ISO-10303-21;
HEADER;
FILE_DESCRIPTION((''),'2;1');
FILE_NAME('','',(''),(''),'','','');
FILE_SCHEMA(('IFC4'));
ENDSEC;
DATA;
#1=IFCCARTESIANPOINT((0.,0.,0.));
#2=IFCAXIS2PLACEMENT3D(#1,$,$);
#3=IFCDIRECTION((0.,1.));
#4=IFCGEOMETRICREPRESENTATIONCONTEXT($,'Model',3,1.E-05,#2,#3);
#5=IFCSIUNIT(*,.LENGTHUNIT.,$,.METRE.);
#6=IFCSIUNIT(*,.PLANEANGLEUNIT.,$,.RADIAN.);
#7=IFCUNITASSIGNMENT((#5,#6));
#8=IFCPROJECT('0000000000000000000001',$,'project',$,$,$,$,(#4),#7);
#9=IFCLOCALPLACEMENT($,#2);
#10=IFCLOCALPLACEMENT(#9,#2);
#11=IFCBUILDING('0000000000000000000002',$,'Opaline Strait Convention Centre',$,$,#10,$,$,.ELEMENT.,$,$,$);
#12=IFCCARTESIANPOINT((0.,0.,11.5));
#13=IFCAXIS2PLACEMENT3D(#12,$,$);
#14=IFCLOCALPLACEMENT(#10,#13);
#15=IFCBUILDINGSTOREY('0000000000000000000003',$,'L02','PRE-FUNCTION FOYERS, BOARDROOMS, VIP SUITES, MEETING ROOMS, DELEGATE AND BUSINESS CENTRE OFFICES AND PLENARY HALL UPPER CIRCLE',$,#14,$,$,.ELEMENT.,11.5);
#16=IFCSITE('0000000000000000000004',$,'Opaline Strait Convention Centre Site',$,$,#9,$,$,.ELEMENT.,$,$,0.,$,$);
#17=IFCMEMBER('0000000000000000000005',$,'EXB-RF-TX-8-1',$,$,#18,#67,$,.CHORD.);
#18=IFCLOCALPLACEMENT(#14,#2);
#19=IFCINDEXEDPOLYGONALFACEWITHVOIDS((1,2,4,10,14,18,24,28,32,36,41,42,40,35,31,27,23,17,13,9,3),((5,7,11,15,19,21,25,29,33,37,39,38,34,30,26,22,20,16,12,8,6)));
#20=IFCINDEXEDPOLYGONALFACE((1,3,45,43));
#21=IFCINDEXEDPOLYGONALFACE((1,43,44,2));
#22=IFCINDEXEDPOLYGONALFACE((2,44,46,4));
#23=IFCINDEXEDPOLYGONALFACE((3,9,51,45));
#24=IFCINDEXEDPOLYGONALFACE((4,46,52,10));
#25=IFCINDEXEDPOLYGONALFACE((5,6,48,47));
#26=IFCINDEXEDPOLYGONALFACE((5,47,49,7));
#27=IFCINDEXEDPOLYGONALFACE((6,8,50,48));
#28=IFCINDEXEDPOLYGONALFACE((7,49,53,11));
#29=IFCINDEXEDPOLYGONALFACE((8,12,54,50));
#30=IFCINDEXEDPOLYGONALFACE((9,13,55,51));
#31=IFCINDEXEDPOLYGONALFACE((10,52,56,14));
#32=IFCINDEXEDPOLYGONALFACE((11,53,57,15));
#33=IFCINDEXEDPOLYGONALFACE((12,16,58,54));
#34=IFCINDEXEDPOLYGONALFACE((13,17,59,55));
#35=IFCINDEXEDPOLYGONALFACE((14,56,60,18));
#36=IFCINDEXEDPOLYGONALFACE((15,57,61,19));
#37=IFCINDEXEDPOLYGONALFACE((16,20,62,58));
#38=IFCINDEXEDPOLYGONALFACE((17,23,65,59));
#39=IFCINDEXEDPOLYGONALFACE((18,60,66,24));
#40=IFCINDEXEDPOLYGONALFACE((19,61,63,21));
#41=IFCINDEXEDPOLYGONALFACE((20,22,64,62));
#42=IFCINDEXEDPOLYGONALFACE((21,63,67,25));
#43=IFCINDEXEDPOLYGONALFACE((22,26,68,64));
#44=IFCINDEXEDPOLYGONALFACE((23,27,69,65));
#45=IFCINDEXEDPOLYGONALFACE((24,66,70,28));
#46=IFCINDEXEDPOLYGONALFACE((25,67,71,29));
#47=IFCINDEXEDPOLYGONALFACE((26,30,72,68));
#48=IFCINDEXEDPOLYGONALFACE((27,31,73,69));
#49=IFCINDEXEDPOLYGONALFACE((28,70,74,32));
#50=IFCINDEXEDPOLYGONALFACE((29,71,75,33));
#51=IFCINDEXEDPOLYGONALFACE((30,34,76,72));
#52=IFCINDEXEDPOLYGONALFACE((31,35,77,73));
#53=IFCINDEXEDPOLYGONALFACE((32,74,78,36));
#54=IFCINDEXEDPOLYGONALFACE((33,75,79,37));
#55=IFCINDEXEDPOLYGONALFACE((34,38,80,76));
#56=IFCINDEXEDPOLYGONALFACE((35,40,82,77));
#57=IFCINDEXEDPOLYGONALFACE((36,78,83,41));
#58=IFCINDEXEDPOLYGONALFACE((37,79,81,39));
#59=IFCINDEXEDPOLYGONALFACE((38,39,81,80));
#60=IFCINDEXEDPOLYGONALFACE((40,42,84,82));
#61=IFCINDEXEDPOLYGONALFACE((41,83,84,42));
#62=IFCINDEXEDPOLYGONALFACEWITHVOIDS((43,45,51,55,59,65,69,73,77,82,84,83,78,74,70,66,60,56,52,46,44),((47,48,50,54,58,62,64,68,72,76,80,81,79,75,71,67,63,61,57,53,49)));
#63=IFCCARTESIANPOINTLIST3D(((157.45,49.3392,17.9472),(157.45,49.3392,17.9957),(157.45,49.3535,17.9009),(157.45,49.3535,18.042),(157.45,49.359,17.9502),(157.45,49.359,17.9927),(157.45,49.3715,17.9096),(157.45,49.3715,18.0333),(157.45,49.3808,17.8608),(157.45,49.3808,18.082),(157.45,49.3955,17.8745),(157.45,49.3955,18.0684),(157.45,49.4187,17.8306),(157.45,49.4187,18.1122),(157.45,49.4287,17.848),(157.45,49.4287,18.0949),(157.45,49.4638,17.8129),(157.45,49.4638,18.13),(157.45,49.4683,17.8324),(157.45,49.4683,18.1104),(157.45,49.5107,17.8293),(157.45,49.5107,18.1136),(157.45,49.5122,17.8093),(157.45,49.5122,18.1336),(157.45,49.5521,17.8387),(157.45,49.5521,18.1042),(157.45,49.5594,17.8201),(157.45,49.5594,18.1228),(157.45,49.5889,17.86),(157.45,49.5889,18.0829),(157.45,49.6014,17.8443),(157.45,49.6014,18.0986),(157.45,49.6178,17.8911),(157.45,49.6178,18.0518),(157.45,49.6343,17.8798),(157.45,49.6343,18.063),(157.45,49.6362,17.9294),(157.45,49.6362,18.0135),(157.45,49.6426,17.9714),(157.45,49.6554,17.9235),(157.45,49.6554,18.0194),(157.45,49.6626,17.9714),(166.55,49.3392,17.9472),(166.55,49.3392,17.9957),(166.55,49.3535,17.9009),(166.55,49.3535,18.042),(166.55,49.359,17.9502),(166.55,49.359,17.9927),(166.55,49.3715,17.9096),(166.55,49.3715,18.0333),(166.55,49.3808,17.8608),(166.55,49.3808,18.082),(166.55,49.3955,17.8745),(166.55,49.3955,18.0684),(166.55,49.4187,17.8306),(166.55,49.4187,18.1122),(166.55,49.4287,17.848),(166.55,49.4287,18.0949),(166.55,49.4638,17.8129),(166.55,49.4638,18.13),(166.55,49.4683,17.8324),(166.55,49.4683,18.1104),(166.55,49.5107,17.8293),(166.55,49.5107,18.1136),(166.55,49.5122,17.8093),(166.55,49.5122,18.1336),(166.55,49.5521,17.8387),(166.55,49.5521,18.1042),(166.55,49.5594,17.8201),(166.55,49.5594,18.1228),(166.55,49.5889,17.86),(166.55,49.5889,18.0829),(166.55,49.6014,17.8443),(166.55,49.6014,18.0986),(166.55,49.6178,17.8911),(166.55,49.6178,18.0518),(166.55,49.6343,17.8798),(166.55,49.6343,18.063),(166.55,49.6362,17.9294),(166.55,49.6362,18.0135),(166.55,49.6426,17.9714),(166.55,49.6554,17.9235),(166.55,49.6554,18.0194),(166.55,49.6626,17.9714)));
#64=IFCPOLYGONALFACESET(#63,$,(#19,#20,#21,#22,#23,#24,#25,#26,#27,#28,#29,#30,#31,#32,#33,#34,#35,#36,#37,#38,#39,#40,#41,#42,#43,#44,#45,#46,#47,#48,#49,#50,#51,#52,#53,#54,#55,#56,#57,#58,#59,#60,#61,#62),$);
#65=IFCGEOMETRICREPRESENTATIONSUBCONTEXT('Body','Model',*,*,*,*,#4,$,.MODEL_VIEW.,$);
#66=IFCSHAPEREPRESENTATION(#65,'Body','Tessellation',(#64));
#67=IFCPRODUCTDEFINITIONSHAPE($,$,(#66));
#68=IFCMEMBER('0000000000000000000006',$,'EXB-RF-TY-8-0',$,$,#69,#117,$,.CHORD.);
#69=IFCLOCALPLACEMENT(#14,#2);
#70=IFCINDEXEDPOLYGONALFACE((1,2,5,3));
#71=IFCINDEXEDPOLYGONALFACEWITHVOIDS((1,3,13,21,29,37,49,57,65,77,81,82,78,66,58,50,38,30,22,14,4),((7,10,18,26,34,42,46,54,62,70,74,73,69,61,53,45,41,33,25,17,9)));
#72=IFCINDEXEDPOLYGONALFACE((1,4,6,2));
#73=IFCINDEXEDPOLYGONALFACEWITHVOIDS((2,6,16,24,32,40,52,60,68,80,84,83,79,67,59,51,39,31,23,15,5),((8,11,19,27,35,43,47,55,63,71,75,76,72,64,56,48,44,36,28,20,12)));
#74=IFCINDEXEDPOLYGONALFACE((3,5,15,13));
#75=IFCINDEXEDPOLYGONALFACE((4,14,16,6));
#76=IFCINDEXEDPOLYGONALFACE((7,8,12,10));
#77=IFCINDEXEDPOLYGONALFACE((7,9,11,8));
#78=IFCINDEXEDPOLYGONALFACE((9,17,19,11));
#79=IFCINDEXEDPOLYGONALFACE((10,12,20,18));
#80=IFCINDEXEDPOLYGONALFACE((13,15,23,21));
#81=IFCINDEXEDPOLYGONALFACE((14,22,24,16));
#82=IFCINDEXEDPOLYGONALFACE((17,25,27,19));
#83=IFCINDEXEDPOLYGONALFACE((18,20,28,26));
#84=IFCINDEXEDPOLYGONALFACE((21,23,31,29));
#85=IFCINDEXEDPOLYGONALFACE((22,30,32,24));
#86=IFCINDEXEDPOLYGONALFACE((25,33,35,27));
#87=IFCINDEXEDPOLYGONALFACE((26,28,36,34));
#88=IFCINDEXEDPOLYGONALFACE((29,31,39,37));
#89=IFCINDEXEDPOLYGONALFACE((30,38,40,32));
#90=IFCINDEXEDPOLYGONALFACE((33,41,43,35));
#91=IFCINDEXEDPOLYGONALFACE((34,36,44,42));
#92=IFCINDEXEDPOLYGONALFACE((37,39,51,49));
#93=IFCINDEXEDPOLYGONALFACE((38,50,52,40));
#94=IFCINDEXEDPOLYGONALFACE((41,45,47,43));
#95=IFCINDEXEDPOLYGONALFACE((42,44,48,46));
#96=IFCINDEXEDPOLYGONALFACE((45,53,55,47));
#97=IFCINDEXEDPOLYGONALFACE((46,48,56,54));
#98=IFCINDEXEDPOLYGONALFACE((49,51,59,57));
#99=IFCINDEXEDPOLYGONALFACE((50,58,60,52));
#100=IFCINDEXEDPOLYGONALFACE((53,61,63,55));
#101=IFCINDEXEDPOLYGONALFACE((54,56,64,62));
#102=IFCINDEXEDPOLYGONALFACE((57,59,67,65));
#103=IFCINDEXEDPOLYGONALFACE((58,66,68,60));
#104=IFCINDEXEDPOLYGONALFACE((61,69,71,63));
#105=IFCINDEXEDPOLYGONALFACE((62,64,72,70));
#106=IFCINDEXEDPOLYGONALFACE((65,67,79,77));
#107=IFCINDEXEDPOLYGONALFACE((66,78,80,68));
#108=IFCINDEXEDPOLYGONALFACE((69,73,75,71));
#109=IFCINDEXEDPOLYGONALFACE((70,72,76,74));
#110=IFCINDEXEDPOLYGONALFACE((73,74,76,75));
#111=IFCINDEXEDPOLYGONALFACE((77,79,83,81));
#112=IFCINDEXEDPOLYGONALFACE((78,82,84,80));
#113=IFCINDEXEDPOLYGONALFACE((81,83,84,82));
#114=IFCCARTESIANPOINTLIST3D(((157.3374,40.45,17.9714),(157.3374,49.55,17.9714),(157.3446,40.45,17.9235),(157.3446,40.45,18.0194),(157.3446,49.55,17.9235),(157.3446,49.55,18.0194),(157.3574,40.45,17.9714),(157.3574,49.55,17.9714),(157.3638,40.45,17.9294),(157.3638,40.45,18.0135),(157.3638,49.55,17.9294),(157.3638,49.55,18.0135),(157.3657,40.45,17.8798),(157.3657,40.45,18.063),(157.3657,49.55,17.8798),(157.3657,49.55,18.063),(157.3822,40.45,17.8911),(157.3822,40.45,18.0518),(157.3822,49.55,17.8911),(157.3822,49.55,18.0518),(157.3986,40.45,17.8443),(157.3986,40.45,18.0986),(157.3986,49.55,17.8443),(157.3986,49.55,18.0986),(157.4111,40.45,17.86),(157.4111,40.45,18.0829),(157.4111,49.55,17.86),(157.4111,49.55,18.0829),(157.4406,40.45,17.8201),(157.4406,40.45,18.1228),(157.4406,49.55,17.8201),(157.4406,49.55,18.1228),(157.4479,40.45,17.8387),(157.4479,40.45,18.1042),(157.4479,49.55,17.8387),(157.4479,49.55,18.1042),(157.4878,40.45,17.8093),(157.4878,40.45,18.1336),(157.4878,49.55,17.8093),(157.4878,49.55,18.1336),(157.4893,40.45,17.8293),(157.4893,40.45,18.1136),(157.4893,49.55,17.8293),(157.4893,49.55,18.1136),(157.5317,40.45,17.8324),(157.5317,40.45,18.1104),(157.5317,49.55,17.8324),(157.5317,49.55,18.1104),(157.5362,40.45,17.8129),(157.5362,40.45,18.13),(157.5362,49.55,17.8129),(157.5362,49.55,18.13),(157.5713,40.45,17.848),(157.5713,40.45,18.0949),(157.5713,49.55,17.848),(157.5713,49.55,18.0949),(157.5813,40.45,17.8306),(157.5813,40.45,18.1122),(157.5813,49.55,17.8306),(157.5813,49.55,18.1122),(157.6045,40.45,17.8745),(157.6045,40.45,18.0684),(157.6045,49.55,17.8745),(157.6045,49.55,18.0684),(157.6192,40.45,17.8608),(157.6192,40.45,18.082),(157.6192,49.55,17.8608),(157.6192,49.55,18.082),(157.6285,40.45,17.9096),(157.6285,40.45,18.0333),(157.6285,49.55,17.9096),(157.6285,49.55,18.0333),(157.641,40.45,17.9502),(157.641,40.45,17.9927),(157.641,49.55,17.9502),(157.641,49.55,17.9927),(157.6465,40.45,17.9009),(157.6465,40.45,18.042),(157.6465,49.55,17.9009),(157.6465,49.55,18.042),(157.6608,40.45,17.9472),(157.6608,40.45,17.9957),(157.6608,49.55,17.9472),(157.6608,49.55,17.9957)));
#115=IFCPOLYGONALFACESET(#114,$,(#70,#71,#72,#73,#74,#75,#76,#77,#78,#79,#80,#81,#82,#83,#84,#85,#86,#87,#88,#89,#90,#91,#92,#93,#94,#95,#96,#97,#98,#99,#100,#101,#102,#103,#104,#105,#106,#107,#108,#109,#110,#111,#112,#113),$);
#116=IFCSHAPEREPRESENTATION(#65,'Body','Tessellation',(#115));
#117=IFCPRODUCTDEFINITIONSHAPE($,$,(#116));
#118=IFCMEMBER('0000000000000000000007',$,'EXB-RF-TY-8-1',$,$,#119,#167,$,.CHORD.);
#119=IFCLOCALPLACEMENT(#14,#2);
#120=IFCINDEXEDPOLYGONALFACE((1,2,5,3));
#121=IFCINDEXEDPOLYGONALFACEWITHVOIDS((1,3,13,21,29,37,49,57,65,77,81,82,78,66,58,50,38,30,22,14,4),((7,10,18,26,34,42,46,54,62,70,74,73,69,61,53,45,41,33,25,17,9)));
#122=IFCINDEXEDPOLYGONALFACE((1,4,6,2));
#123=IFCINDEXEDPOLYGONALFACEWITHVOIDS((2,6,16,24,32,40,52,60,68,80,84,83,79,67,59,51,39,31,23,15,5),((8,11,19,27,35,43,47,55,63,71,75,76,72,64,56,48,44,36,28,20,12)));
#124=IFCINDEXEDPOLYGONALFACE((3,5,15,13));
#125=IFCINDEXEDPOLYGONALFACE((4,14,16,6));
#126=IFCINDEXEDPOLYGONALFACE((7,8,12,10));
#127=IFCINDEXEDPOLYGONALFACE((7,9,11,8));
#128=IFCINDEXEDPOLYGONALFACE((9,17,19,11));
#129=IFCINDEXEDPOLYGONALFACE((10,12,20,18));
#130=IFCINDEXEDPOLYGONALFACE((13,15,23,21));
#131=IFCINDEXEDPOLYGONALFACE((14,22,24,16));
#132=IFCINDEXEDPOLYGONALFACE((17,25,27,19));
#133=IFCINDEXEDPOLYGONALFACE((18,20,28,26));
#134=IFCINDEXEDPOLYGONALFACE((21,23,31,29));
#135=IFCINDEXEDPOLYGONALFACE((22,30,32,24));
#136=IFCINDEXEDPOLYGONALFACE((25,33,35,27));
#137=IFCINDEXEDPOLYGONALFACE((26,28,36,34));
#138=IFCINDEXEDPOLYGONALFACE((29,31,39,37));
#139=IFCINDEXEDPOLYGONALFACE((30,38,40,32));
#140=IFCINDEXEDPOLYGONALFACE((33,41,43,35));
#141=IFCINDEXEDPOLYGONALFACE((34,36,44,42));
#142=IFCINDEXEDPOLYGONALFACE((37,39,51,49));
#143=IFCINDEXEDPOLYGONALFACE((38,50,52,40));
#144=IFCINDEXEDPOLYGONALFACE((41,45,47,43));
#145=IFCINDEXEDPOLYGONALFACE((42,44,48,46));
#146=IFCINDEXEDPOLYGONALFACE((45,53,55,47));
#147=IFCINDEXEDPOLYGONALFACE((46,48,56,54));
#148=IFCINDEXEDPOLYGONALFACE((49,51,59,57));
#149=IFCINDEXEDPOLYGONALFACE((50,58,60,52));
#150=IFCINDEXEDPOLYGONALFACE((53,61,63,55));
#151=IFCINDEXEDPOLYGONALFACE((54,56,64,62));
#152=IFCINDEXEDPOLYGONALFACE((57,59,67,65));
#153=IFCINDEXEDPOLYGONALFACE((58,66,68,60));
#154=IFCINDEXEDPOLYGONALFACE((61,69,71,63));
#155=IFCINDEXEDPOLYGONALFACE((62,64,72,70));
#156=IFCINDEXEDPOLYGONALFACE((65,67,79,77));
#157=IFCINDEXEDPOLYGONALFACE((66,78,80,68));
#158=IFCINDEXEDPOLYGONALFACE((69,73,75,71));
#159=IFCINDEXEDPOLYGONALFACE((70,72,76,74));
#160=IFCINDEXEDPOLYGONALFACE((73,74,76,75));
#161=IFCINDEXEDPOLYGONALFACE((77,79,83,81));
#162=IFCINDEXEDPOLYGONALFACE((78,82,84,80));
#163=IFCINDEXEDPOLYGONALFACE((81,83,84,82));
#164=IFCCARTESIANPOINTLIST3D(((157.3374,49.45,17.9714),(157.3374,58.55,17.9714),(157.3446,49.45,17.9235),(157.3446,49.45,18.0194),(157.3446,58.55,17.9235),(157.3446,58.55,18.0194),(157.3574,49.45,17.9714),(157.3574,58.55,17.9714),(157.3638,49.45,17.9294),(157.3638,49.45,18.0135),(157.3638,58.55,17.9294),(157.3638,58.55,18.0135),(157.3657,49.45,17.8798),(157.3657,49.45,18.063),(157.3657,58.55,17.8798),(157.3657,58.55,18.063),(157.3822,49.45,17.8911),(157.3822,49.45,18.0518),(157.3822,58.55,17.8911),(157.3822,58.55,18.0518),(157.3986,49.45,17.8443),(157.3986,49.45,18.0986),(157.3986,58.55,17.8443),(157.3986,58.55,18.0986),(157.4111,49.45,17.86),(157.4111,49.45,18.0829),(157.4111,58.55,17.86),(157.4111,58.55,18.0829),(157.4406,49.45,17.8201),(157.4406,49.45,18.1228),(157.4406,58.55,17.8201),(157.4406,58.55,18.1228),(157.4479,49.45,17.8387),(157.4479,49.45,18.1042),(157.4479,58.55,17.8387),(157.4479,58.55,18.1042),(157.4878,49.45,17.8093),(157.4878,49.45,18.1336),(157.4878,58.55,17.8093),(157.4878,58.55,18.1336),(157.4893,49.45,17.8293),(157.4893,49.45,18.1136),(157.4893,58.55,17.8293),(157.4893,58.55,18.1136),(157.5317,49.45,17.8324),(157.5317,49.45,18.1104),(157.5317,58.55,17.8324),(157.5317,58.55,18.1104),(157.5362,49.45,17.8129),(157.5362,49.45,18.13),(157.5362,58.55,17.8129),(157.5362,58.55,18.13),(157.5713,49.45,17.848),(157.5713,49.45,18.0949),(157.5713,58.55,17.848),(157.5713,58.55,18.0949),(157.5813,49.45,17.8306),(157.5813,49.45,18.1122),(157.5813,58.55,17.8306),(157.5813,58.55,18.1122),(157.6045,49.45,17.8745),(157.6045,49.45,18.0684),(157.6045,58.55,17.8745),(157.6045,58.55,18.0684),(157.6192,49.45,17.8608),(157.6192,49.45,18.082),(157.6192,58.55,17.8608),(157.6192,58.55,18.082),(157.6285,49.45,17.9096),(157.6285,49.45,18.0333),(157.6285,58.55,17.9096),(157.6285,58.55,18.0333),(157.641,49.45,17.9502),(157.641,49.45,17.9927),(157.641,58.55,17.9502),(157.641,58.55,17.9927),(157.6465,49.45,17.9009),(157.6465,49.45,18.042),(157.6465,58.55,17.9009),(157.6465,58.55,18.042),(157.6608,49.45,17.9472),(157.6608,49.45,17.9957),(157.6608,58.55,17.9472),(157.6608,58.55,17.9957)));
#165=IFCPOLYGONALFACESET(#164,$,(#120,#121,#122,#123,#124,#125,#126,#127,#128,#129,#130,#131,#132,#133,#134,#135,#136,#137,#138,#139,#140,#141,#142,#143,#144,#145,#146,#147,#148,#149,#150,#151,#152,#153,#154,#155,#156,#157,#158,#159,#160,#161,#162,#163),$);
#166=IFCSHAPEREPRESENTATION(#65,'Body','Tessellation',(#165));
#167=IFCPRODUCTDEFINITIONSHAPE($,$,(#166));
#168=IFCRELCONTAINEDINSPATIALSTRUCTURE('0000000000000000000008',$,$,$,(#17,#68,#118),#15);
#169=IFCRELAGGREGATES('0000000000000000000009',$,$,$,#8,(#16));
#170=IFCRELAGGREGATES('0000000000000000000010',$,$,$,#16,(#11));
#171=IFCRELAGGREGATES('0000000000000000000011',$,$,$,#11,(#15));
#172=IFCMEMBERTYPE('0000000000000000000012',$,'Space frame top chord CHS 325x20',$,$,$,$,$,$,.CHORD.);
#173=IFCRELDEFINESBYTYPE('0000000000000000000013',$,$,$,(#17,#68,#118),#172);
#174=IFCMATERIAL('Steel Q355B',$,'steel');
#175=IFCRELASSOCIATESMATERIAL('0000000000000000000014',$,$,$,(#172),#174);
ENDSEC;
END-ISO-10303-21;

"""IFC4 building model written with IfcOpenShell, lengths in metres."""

from ifc_helpers import new_model, si_unit, direction, frame, origin, origin_2d, place, context, subcontext, project, spatial, hollow_circle, extrude, material, material_profile, profile_set, type_object, element, save


model = new_model("IFC4")

# Units and contexts
model_context = context("Model", 3, precision=1e-05, world=origin(), true_north=direction((0.0, 1.0)))
body_context = subcontext(model_context, "Body", "Model", "MODEL_VIEW")
ifc_project = project(units=[si_unit("LENGTHUNIT", "METRE"), si_unit("PLANEANGLEUNIT", "RADIAN")], contexts=[model_context])

# Site, building, storey
site_placement = place(None, origin())
site = spatial("IfcSite", under=ifc_project, at=site_placement, Name="Opaline Strait Convention Centre Site", CompositionType="ELEMENT", RefElevation=0.0)
building_placement = place(site_placement, origin())
building = spatial("IfcBuilding", under=site, at=building_placement, Name="Opaline Strait Convention Centre", CompositionType="ELEMENT")
storey_placement = place(building_placement, frame((0.0, 0.0, 11.5)))
storey = spatial("IfcBuildingStorey", under=building, at=storey_placement, Name="L02", Description="PRE-FUNCTION FOYERS, BOARDROOMS, VIP SUITES, MEETING ROOMS, DELEGATE AND BUSINESS CENTRE OFFICES AND PLENARY HALL UPPER CIRCLE", CompositionType="ELEMENT", Elevation=11.5)

# Members
ifc_material_1 = material(Name="Steel Q355B", Category="steel")
ifc_material_profile_1 = material_profile(ifc_material_1, hollow_circle(Radius=0.1626, WallThickness=0.02, at=origin_2d()), Name="CHS 325x20")
ifc_profile_set_1 = profile_set([ifc_material_profile_1], Name="Steel Q355B")
member_type_1 = type_object("IfcMemberType", Name="Space frame top chord CHS 325x20", PredefinedType="CHORD", material=ifc_profile_set_1)
for number, where, z_axis, x_axis, name in (
    (1, (157.45, 49.5, 17.9714), (1.0, 0.0, 0.0), (0.0, 1.0, 0.0), "EXB-RF-TX-8-1"),
    (2, (157.5, 40.45, 17.9714), (0.0, 1.0, 0.0), (-1.0, 0.0, 0.0), "EXB-RF-TY-8-0"),
    (3, (157.5, 49.45, 17.9714), (0.0, 1.0, 0.0), (-1.0, 0.0, 0.0), "EXB-RF-TY-8-1"),
):
    element("IfcMember", number, at=place(storey_placement, frame(where, z_axis=z_axis, x_axis=x_axis)), inside=storey, type_object=member_type_1, Name=name, PredefinedType="CHORD", context=body_context, shape_type="SweptSolid", body=[
        extrude(hollow_circle(Radius=0.1626, WallThickness=0.02, at=origin_2d()), origin(), (0.0, 0.0, 1.0), 9.1001),
    ])

save(model, "model.ifc")
